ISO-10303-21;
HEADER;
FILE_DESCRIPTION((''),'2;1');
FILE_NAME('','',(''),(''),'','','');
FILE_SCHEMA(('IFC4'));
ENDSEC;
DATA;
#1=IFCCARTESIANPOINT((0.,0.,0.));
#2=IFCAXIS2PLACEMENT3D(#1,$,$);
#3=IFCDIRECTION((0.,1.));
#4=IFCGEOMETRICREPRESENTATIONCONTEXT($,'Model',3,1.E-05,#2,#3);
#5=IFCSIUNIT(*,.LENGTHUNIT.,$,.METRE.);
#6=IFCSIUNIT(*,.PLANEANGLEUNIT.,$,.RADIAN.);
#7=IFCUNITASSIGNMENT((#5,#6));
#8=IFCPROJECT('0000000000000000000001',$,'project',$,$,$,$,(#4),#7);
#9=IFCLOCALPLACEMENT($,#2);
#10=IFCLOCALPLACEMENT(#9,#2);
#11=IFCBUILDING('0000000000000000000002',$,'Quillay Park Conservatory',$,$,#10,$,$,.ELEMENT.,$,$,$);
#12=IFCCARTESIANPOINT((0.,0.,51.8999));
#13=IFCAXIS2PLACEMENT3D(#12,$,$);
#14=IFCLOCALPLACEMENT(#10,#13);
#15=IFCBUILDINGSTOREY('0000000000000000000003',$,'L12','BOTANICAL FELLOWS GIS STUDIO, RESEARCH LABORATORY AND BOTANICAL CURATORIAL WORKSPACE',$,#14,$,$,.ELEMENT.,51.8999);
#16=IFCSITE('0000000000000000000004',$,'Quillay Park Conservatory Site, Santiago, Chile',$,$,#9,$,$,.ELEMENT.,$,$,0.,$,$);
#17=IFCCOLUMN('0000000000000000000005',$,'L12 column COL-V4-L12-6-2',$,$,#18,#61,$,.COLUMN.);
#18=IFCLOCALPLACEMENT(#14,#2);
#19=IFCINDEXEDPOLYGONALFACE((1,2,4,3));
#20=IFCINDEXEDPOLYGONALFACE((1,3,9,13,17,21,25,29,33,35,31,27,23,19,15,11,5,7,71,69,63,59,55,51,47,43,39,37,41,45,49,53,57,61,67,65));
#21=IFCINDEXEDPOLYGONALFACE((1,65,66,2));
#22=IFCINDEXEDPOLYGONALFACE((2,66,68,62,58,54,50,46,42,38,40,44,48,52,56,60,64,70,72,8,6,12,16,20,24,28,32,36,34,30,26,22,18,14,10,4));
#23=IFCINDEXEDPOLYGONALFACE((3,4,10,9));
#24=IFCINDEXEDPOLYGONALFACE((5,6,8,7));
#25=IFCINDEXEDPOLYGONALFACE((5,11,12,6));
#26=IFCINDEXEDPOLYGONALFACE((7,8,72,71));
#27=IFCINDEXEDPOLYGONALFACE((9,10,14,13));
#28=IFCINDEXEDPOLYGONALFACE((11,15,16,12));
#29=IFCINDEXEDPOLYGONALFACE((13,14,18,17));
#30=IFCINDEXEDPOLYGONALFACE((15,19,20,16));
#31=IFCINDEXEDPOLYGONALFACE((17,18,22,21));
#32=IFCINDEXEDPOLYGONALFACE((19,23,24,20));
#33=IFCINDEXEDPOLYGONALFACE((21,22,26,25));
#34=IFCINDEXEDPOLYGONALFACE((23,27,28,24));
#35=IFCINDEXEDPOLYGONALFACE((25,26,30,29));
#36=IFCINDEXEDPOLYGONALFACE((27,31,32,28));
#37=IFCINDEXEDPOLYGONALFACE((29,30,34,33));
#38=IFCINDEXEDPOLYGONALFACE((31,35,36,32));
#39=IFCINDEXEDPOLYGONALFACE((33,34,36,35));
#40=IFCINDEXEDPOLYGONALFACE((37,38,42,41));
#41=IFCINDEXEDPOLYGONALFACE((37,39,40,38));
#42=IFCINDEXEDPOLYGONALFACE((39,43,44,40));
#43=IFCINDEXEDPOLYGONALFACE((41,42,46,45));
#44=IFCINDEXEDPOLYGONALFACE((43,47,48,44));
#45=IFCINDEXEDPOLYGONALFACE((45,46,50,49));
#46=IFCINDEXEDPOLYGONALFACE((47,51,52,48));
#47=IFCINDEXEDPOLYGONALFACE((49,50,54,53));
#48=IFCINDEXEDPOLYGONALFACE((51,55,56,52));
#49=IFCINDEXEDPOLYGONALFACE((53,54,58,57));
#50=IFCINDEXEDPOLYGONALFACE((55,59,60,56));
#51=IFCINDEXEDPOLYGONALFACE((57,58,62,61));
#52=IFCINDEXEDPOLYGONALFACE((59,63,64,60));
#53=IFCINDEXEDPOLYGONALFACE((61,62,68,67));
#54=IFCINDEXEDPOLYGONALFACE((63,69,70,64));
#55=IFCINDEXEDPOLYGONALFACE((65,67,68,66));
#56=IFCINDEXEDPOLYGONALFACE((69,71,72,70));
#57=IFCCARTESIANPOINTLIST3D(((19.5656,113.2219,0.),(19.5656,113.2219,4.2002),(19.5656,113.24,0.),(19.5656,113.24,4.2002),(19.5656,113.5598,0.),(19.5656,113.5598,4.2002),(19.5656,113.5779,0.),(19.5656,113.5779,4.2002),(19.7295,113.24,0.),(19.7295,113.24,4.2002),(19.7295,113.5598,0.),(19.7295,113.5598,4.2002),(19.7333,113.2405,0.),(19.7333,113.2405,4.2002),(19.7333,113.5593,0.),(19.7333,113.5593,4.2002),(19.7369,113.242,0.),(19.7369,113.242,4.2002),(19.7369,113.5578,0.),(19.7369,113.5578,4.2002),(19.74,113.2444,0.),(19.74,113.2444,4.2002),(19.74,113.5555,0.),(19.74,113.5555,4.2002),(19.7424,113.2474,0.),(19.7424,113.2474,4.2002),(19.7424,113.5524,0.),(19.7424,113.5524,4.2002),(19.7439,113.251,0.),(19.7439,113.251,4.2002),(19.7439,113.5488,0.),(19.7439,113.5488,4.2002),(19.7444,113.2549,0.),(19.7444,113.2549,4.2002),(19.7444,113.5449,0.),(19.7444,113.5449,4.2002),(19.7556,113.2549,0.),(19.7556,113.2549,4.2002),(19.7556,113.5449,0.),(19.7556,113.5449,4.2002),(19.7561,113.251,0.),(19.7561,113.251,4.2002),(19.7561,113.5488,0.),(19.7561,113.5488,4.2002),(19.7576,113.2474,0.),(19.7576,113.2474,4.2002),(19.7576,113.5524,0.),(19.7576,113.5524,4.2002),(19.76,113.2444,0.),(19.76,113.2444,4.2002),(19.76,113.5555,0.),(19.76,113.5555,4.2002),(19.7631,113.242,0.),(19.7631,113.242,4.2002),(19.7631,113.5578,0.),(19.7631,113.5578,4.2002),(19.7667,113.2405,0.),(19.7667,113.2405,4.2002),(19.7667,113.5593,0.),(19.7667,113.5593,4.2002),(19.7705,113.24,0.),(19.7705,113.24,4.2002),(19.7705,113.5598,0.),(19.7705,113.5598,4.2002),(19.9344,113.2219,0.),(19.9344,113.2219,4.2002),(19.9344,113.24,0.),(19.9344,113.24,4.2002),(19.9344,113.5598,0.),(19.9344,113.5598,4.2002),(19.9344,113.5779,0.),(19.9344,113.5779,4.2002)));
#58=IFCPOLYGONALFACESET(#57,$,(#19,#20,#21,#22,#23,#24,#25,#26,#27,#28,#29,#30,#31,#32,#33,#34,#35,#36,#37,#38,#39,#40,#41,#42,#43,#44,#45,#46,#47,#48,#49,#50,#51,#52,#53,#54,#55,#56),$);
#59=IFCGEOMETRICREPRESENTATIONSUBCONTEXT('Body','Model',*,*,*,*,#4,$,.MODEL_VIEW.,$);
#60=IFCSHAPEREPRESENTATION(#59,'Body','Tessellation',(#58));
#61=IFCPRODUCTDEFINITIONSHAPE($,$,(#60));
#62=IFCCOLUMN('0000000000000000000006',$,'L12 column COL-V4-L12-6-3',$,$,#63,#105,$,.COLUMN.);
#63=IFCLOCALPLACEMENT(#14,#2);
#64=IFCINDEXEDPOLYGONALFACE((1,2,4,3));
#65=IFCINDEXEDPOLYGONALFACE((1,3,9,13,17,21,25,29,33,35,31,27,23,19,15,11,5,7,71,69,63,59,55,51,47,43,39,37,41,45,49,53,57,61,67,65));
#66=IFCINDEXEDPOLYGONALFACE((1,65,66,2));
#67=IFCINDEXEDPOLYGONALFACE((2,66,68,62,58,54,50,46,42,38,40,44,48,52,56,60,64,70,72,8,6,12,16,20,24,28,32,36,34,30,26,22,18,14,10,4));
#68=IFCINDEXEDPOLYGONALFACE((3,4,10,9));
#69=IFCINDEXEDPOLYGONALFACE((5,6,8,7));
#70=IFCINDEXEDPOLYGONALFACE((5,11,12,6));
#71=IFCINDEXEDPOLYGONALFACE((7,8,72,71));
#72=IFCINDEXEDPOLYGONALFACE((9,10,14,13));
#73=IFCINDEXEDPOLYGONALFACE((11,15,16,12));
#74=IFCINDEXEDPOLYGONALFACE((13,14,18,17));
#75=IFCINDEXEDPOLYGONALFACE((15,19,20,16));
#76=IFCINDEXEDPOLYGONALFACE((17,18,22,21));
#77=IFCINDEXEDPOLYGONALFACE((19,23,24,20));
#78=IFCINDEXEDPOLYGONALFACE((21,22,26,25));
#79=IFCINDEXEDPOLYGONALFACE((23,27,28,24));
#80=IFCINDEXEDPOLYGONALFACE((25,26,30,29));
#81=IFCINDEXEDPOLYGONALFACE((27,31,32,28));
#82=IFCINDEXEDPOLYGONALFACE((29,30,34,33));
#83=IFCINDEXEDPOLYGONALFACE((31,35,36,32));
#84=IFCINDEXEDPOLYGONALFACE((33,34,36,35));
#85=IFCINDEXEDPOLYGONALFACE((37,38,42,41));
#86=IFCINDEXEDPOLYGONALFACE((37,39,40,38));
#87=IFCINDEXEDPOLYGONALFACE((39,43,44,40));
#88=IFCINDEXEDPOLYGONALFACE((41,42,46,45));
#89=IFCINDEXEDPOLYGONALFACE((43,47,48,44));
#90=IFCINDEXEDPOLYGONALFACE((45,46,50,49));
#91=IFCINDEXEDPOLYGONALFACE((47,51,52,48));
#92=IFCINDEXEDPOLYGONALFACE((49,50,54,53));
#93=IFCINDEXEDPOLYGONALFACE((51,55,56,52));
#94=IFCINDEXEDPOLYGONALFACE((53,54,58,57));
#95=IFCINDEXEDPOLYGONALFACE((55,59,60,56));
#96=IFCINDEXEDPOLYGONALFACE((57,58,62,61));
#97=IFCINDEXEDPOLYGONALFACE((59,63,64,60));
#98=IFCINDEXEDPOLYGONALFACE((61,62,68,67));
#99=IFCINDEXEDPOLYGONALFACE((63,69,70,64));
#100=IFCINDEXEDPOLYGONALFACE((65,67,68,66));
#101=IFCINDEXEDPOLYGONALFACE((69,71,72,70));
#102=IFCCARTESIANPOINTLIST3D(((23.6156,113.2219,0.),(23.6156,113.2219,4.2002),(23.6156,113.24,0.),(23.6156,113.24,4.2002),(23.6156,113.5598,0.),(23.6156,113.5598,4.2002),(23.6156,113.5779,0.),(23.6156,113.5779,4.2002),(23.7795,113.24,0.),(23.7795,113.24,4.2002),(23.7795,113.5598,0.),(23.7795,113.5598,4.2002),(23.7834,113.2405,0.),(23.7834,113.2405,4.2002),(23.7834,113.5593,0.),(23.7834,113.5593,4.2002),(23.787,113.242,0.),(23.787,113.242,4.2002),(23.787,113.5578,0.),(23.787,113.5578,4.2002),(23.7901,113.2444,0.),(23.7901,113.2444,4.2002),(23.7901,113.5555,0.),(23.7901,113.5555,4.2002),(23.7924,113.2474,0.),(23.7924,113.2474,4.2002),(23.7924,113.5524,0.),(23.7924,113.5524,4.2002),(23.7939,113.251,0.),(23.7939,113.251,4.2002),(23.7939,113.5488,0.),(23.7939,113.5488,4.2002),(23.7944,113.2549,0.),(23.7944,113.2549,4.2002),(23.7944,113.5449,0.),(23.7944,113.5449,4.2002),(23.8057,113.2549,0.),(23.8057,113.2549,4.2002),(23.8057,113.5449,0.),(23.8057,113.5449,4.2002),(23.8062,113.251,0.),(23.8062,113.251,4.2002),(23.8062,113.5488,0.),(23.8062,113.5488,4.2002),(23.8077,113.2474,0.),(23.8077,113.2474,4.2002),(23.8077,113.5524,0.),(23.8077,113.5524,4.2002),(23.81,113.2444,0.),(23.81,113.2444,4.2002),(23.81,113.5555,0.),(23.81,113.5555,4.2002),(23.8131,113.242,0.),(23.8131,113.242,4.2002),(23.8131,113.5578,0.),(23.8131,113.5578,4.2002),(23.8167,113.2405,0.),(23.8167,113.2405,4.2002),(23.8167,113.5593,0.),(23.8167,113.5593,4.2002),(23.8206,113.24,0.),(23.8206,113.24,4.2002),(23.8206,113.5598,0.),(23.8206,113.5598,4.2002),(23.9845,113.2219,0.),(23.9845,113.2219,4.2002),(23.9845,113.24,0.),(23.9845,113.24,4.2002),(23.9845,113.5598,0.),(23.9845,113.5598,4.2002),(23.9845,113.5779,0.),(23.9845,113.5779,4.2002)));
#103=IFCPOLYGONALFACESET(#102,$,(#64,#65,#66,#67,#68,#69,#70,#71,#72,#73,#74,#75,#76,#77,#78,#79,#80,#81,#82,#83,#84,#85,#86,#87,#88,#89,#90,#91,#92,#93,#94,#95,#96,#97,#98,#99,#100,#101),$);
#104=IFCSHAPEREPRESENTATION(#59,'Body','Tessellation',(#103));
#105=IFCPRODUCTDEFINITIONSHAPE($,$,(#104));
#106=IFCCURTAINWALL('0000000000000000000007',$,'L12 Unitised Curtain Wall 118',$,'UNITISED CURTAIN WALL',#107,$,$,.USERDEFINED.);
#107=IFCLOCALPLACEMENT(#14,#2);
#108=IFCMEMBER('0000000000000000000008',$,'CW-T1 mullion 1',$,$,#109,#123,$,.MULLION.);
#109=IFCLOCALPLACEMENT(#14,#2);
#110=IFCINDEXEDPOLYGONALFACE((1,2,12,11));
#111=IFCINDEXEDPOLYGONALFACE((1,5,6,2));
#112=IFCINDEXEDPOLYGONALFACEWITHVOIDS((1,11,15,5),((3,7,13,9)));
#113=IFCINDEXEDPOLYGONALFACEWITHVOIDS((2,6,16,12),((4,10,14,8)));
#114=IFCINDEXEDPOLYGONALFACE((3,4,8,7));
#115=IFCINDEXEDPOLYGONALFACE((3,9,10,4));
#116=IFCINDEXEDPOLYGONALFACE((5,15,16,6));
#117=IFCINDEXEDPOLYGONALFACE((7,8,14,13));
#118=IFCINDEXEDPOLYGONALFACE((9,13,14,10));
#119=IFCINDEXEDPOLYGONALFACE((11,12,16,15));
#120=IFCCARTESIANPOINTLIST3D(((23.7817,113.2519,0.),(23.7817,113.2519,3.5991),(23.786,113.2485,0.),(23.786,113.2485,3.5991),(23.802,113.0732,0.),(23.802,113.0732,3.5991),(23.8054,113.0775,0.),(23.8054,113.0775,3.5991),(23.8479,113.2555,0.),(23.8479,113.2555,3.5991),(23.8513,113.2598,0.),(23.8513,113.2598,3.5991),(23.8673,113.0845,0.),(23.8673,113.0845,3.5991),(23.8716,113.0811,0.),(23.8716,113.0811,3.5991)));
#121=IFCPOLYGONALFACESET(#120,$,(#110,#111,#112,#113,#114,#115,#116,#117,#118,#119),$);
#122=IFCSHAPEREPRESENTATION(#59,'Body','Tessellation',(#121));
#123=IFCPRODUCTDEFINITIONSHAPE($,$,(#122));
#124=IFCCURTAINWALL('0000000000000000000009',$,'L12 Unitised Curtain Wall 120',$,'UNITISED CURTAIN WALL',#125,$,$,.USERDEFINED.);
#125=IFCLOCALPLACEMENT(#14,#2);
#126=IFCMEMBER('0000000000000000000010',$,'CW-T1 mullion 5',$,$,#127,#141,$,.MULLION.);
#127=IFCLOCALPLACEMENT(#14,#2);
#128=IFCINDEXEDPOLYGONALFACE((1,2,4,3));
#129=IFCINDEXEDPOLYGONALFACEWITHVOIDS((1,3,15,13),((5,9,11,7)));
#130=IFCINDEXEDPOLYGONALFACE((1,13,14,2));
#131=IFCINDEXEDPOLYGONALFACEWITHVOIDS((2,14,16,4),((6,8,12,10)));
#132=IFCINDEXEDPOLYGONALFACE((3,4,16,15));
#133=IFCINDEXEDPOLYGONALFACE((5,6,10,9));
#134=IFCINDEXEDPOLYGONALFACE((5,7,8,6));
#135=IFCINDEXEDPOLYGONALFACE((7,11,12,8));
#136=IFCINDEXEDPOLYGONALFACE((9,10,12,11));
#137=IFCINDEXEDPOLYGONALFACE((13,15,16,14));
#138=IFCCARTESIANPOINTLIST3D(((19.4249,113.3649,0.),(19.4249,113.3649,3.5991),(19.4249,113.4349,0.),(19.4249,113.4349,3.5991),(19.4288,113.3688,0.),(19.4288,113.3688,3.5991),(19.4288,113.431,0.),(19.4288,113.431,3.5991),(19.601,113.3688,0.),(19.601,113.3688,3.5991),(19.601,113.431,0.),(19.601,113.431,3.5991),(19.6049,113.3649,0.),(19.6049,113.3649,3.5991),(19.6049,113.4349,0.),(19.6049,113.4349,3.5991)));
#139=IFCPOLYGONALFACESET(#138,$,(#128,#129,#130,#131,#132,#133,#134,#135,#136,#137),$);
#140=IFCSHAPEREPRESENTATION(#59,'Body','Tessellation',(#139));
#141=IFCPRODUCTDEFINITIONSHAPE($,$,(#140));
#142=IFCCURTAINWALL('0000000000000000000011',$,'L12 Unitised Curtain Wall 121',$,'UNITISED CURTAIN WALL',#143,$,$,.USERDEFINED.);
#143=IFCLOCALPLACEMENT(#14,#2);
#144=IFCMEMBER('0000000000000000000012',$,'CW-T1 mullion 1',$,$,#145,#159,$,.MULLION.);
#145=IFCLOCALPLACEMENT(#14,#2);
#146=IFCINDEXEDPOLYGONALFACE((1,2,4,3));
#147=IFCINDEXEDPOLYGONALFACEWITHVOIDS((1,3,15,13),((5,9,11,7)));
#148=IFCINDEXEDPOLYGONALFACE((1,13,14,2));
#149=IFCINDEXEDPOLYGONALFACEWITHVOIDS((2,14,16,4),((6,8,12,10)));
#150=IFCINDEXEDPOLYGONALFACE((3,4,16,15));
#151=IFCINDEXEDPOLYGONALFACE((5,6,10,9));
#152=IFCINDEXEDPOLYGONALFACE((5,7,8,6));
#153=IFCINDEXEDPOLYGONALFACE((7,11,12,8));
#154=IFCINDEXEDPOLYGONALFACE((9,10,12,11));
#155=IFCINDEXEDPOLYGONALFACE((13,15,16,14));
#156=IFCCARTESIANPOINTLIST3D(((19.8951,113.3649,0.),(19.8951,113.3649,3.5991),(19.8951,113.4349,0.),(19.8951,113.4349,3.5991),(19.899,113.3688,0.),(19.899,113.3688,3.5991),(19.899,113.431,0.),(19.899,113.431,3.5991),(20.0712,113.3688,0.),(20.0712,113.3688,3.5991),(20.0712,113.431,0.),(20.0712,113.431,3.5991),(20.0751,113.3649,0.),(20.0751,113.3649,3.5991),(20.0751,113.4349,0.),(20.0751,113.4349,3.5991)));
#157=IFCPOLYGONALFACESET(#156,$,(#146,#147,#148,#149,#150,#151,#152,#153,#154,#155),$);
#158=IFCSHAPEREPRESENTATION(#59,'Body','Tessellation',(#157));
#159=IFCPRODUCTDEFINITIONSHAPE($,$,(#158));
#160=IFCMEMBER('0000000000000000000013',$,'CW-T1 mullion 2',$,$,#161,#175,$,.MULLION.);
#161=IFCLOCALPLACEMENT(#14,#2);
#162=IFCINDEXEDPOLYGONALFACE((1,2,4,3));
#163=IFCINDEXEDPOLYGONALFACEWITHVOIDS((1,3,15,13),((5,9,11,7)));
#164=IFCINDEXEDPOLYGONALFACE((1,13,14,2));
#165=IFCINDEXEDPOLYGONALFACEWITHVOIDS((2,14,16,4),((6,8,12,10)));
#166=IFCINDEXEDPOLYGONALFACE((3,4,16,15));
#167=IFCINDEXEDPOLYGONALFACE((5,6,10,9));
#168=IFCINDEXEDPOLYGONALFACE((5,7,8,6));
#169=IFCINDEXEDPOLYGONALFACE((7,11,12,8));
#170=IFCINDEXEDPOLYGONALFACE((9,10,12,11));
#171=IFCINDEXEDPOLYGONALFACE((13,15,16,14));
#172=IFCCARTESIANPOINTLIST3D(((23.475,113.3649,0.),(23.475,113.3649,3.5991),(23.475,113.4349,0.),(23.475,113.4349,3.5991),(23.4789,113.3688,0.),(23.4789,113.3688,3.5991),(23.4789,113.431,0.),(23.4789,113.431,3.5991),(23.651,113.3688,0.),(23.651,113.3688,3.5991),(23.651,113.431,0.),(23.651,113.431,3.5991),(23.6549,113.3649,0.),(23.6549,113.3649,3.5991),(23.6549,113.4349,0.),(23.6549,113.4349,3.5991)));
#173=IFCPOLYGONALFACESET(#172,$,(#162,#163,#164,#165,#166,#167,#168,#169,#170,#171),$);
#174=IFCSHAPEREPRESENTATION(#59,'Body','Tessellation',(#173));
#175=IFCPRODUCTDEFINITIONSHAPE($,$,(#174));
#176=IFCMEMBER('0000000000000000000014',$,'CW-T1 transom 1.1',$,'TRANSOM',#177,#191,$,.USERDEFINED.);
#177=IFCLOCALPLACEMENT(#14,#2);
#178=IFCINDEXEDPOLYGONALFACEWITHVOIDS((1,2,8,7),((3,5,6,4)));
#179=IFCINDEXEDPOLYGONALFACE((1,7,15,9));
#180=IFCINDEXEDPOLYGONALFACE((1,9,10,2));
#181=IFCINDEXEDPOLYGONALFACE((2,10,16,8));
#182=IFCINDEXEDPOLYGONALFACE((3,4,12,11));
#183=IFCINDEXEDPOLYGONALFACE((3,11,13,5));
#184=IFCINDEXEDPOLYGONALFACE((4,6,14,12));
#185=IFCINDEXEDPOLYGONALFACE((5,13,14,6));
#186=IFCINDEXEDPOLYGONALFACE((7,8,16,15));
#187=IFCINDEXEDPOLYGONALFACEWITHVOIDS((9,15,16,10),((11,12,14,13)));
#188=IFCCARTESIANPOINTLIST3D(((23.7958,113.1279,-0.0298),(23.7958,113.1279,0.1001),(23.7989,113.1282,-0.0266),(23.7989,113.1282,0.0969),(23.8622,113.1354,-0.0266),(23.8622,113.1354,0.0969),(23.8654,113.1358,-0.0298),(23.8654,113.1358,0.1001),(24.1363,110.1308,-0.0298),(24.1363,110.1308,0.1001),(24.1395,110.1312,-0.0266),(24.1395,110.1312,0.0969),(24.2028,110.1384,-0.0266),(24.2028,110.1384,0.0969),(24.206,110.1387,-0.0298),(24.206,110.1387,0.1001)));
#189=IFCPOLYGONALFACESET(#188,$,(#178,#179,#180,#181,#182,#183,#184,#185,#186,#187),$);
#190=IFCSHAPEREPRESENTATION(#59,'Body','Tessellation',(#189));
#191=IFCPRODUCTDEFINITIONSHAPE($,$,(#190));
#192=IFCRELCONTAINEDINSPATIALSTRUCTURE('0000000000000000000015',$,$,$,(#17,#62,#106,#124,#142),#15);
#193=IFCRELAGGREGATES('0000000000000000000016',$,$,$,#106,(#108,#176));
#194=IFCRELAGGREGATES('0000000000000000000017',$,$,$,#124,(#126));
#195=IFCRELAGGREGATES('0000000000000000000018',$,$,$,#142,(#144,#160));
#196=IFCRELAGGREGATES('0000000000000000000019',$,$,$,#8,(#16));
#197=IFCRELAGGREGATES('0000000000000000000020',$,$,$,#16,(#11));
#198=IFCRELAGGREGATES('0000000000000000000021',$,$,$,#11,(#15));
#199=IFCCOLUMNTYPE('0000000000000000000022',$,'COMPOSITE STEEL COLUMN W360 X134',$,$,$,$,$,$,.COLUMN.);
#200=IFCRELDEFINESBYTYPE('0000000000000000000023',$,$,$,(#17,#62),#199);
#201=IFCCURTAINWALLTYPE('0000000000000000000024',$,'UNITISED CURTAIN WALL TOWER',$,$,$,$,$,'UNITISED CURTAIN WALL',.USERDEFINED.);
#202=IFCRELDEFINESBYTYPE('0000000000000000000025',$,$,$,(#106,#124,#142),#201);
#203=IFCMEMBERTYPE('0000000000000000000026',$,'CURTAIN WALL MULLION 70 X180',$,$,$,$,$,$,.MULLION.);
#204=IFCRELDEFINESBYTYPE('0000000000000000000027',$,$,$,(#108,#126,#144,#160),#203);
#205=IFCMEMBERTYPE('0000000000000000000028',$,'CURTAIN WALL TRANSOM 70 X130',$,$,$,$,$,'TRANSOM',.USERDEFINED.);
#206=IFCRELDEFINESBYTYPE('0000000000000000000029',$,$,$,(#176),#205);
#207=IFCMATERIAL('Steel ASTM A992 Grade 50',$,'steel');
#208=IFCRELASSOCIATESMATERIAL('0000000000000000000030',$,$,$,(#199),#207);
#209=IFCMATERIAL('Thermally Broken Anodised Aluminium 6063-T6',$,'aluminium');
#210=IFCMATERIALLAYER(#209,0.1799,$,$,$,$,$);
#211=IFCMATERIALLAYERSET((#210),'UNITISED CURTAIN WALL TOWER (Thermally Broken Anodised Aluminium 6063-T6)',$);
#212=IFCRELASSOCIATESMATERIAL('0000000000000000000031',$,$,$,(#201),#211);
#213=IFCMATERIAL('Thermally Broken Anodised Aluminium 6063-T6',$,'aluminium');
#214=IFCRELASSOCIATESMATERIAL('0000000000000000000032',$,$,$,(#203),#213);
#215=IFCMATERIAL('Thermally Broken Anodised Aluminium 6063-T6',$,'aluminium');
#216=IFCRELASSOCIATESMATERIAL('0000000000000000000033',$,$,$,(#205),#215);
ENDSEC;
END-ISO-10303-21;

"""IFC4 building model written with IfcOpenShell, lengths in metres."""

from ifc_helpers import new_model, si_unit, direction, frame, origin, origin_2d, place, context, subcontext, project, spatial, hollow_rectangle, i_section, extrude, material, layer, layer_set, material_profile, profile_set, type_object, element, aggregate, save


model = new_model("IFC4")

# Units and contexts
model_context = context("Model", 3, precision=1e-05, world=origin(), true_north=direction((0.0, 1.0)))
body_context = subcontext(model_context, "Body", "Model", "MODEL_VIEW")
ifc_project = project(units=[si_unit("LENGTHUNIT", "METRE"), si_unit("PLANEANGLEUNIT", "RADIAN")], contexts=[model_context])

# Site, building, storey
site_placement = place(None, origin())
site = spatial("IfcSite", under=ifc_project, at=site_placement, Name="Quillay Park Conservatory Site, Santiago, Chile", CompositionType="ELEMENT", RefElevation=0.0)
building_placement = place(site_placement, origin())
building = spatial("IfcBuilding", under=site, at=building_placement, Name="Quillay Park Conservatory", CompositionType="ELEMENT")
storey_placement = place(building_placement, frame((0.0, 0.0, 51.8999)))
storey = spatial("IfcBuildingStorey", under=building, at=storey_placement, Name="L12", Description="BOTANICAL FELLOWS GIS STUDIO, RESEARCH LABORATORY AND BOTANICAL CURATORIAL WORKSPACE", CompositionType="ELEMENT", Elevation=51.8999)

# Columns
ifc_material_1 = material(Name="Steel ASTM A992 Grade 50", Category="steel")
ifc_material_profile_1 = material_profile(ifc_material_1, i_section(OverallWidth=0.3689, OverallDepth=0.356, WebThickness=0.0112, FlangeThickness=0.0181, FilletRadius=0.0149, at=origin_2d()), Name="W360x134")
ifc_profile_set_1 = profile_set([ifc_material_profile_1], Name="Steel ASTM A992 Grade 50")
column_type = type_object("IfcColumnType", Name="COMPOSITE STEEL COLUMN W360 X134", PredefinedType="COLUMN", material=ifc_profile_set_1)
for number, where, z_axis, x_axis, name in (
    (1, (19.75, 113.3999, 0.0), (0.0, 0.0, 1.0), (1.0, 0.0, 0.0), "L12 column COL-V4-L12-6-2"),
    (2, (23.8, 113.3999, 0.0), (0.0, 0.0, 1.0), (1.0, 0.0, 0.0), "L12 column COL-V4-L12-6-3"),
):
    element("IfcColumn", number, at=place(storey_placement, frame(where, z_axis=z_axis, x_axis=x_axis)), inside=storey, type_object=column_type, Name=name, PredefinedType="COLUMN", context=body_context, shape_type="SweptSolid", body=[
        extrude(i_section(OverallWidth=0.3689, OverallDepth=0.356, WebThickness=0.0112, FlangeThickness=0.0181, FilletRadius=0.0149, at=origin_2d()), origin(), (0.0, 0.0, 1.0), 4.2002),
    ])

# Curtain walls, members
ifc_material_2 = material(Name="Thermally Broken Anodised Aluminium 6063-T6", Category="aluminium")
ifc_layer_1 = layer(ifc_material_2, 0.1799)
ifc_layer_set_1 = layer_set([ifc_layer_1], Name="UNITISED CURTAIN WALL TOWER (Thermally Broken Anodised Aluminium 6063-T6)")
curtain_wall_type = type_object("IfcCurtainWallType", Name="UNITISED CURTAIN WALL TOWER", ElementType="UNITISED CURTAIN WALL", PredefinedType="USERDEFINED", material=ifc_layer_set_1)
curtain_wall_1_placement = place(storey_placement, origin())
curtain_wall_1 = element("IfcCurtainWall", 3, at=curtain_wall_1_placement, inside=storey, type_object=curtain_wall_type, Name="L12 Unitised Curtain Wall 118", ObjectType="UNITISED CURTAIN WALL", PredefinedType="USERDEFINED")
ifc_material_3 = material(Name="Thermally Broken Anodised Aluminium 6063-T6", Category="aluminium")
ifc_material_profile_2 = material_profile(ifc_material_3, hollow_rectangle(XDim=0.0701, YDim=0.1799, WallThickness=0.0039, at=origin_2d()), Name="AL70x180x4")
ifc_profile_set_2 = profile_set([ifc_material_profile_2], Name="Thermally Broken Anodised Aluminium 6063-T6")
member_type_1 = type_object("IfcMemberType", Name="CURTAIN WALL MULLION 70 X180", PredefinedType="MULLION", material=ifc_profile_set_2)
member_1_placement = place(storey_placement, frame((23.8267, 113.1665, 0.0), z_axis=(0.0, 0.0, 1.0), x_axis=(0.993606, 0.112903, 0.0)))
member_1 = element("IfcMember", 4, at=member_1_placement, type_object=member_type_1, Name="CW-T1 mullion 1", PredefinedType="MULLION", context=body_context, shape_type="SweptSolid", body=[
    extrude(hollow_rectangle(XDim=0.0701, YDim=0.1799, WallThickness=0.0039, at=origin_2d()), origin(), (0.0, 0.0, 1.0), 3.5991),
])
curtain_wall_2_placement = place(storey_placement, origin())
curtain_wall_2 = element("IfcCurtainWall", 5, at=curtain_wall_2_placement, inside=storey, type_object=curtain_wall_type, Name="L12 Unitised Curtain Wall 120", ObjectType="UNITISED CURTAIN WALL", PredefinedType="USERDEFINED")
member_2_placement = place(storey_placement, frame((19.5149, 113.3999, 0.0), z_axis=(0.0, 0.0, 1.0), x_axis=(0.0, 1.0, 0.0)))
member_2 = element("IfcMember", 6, at=member_2_placement, type_object=member_type_1, Name="CW-T1 mullion 5", PredefinedType="MULLION", context=body_context, shape_type="SweptSolid", body=[
    extrude(hollow_rectangle(XDim=0.0701, YDim=0.1799, WallThickness=0.0039, at=origin_2d()), origin(), (0.0, 0.0, 1.0), 3.5991),
])

# Curtain wall, members
curtain_wall_3_placement = place(storey_placement, origin())
curtain_wall_3 = element("IfcCurtainWall", 7, at=curtain_wall_3_placement, inside=storey, type_object=curtain_wall_type, Name="L12 Unitised Curtain Wall 121", ObjectType="UNITISED CURTAIN WALL", PredefinedType="USERDEFINED")
member_3_placement = place(storey_placement, frame((19.9851, 113.3999, 0.0), z_axis=(0.0, 0.0, 1.0), x_axis=(0.0, 1.0, 0.0)))
member_3 = element("IfcMember", 8, at=member_3_placement, type_object=member_type_1, Name="CW-T1 mullion 1", PredefinedType="MULLION", context=body_context, shape_type="SweptSolid", body=[
    extrude(hollow_rectangle(XDim=0.0701, YDim=0.1799, WallThickness=0.0039, at=origin_2d()), origin(), (0.0, 0.0, 1.0), 3.5991),
])
member_4_placement = place(storey_placement, frame((23.5649, 113.3999, 0.0), z_axis=(0.0, 0.0, 1.0), x_axis=(0.0, 1.0, 0.0)))
member_4 = element("IfcMember", 9, at=member_4_placement, type_object=member_type_1, Name="CW-T1 mullion 2", PredefinedType="MULLION", context=body_context, shape_type="SweptSolid", body=[
    extrude(hollow_rectangle(XDim=0.0701, YDim=0.1799, WallThickness=0.0039, at=origin_2d()), origin(), (0.0, 0.0, 1.0), 3.5991),
])

# Member
ifc_material_4 = material(Name="Thermally Broken Anodised Aluminium 6063-T6", Category="aluminium")
ifc_material_profile_3 = material_profile(ifc_material_4, hollow_rectangle(XDim=0.0701, YDim=0.1299, WallThickness=0.0032, at=origin_2d()), Name="AL70x130x3.2")
ifc_profile_set_3 = profile_set([ifc_material_profile_3], Name="Thermally Broken Anodised Aluminium 6063-T6")
member_type_2 = type_object("IfcMemberType", Name="CURTAIN WALL TRANSOM 70 X130", ElementType="TRANSOM", PredefinedType="USERDEFINED", material=ifc_profile_set_3)
member_5_placement = place(storey_placement, frame((23.8306, 113.1318, 0.0352), z_axis=(0.11291, -0.993605, 0.0), x_axis=(0.993605, 0.11291, 0.0)))
member_5 = element("IfcMember", 10, at=member_5_placement, type_object=member_type_2, Name="CW-T1 transom 1.1", ObjectType="TRANSOM", PredefinedType="USERDEFINED", context=body_context, shape_type="SweptSolid", body=[
    extrude(hollow_rectangle(XDim=0.0701, YDim=0.1299, WallThickness=0.0032, at=origin_2d()), origin(), (0.0, 0.0, 1.0), 3.0164),
])

aggregate(curtain_wall_1, [member_1, member_5])
aggregate(curtain_wall_2, [member_2])
aggregate(curtain_wall_3, [member_3, member_4])

save(model, "model.ifc")
